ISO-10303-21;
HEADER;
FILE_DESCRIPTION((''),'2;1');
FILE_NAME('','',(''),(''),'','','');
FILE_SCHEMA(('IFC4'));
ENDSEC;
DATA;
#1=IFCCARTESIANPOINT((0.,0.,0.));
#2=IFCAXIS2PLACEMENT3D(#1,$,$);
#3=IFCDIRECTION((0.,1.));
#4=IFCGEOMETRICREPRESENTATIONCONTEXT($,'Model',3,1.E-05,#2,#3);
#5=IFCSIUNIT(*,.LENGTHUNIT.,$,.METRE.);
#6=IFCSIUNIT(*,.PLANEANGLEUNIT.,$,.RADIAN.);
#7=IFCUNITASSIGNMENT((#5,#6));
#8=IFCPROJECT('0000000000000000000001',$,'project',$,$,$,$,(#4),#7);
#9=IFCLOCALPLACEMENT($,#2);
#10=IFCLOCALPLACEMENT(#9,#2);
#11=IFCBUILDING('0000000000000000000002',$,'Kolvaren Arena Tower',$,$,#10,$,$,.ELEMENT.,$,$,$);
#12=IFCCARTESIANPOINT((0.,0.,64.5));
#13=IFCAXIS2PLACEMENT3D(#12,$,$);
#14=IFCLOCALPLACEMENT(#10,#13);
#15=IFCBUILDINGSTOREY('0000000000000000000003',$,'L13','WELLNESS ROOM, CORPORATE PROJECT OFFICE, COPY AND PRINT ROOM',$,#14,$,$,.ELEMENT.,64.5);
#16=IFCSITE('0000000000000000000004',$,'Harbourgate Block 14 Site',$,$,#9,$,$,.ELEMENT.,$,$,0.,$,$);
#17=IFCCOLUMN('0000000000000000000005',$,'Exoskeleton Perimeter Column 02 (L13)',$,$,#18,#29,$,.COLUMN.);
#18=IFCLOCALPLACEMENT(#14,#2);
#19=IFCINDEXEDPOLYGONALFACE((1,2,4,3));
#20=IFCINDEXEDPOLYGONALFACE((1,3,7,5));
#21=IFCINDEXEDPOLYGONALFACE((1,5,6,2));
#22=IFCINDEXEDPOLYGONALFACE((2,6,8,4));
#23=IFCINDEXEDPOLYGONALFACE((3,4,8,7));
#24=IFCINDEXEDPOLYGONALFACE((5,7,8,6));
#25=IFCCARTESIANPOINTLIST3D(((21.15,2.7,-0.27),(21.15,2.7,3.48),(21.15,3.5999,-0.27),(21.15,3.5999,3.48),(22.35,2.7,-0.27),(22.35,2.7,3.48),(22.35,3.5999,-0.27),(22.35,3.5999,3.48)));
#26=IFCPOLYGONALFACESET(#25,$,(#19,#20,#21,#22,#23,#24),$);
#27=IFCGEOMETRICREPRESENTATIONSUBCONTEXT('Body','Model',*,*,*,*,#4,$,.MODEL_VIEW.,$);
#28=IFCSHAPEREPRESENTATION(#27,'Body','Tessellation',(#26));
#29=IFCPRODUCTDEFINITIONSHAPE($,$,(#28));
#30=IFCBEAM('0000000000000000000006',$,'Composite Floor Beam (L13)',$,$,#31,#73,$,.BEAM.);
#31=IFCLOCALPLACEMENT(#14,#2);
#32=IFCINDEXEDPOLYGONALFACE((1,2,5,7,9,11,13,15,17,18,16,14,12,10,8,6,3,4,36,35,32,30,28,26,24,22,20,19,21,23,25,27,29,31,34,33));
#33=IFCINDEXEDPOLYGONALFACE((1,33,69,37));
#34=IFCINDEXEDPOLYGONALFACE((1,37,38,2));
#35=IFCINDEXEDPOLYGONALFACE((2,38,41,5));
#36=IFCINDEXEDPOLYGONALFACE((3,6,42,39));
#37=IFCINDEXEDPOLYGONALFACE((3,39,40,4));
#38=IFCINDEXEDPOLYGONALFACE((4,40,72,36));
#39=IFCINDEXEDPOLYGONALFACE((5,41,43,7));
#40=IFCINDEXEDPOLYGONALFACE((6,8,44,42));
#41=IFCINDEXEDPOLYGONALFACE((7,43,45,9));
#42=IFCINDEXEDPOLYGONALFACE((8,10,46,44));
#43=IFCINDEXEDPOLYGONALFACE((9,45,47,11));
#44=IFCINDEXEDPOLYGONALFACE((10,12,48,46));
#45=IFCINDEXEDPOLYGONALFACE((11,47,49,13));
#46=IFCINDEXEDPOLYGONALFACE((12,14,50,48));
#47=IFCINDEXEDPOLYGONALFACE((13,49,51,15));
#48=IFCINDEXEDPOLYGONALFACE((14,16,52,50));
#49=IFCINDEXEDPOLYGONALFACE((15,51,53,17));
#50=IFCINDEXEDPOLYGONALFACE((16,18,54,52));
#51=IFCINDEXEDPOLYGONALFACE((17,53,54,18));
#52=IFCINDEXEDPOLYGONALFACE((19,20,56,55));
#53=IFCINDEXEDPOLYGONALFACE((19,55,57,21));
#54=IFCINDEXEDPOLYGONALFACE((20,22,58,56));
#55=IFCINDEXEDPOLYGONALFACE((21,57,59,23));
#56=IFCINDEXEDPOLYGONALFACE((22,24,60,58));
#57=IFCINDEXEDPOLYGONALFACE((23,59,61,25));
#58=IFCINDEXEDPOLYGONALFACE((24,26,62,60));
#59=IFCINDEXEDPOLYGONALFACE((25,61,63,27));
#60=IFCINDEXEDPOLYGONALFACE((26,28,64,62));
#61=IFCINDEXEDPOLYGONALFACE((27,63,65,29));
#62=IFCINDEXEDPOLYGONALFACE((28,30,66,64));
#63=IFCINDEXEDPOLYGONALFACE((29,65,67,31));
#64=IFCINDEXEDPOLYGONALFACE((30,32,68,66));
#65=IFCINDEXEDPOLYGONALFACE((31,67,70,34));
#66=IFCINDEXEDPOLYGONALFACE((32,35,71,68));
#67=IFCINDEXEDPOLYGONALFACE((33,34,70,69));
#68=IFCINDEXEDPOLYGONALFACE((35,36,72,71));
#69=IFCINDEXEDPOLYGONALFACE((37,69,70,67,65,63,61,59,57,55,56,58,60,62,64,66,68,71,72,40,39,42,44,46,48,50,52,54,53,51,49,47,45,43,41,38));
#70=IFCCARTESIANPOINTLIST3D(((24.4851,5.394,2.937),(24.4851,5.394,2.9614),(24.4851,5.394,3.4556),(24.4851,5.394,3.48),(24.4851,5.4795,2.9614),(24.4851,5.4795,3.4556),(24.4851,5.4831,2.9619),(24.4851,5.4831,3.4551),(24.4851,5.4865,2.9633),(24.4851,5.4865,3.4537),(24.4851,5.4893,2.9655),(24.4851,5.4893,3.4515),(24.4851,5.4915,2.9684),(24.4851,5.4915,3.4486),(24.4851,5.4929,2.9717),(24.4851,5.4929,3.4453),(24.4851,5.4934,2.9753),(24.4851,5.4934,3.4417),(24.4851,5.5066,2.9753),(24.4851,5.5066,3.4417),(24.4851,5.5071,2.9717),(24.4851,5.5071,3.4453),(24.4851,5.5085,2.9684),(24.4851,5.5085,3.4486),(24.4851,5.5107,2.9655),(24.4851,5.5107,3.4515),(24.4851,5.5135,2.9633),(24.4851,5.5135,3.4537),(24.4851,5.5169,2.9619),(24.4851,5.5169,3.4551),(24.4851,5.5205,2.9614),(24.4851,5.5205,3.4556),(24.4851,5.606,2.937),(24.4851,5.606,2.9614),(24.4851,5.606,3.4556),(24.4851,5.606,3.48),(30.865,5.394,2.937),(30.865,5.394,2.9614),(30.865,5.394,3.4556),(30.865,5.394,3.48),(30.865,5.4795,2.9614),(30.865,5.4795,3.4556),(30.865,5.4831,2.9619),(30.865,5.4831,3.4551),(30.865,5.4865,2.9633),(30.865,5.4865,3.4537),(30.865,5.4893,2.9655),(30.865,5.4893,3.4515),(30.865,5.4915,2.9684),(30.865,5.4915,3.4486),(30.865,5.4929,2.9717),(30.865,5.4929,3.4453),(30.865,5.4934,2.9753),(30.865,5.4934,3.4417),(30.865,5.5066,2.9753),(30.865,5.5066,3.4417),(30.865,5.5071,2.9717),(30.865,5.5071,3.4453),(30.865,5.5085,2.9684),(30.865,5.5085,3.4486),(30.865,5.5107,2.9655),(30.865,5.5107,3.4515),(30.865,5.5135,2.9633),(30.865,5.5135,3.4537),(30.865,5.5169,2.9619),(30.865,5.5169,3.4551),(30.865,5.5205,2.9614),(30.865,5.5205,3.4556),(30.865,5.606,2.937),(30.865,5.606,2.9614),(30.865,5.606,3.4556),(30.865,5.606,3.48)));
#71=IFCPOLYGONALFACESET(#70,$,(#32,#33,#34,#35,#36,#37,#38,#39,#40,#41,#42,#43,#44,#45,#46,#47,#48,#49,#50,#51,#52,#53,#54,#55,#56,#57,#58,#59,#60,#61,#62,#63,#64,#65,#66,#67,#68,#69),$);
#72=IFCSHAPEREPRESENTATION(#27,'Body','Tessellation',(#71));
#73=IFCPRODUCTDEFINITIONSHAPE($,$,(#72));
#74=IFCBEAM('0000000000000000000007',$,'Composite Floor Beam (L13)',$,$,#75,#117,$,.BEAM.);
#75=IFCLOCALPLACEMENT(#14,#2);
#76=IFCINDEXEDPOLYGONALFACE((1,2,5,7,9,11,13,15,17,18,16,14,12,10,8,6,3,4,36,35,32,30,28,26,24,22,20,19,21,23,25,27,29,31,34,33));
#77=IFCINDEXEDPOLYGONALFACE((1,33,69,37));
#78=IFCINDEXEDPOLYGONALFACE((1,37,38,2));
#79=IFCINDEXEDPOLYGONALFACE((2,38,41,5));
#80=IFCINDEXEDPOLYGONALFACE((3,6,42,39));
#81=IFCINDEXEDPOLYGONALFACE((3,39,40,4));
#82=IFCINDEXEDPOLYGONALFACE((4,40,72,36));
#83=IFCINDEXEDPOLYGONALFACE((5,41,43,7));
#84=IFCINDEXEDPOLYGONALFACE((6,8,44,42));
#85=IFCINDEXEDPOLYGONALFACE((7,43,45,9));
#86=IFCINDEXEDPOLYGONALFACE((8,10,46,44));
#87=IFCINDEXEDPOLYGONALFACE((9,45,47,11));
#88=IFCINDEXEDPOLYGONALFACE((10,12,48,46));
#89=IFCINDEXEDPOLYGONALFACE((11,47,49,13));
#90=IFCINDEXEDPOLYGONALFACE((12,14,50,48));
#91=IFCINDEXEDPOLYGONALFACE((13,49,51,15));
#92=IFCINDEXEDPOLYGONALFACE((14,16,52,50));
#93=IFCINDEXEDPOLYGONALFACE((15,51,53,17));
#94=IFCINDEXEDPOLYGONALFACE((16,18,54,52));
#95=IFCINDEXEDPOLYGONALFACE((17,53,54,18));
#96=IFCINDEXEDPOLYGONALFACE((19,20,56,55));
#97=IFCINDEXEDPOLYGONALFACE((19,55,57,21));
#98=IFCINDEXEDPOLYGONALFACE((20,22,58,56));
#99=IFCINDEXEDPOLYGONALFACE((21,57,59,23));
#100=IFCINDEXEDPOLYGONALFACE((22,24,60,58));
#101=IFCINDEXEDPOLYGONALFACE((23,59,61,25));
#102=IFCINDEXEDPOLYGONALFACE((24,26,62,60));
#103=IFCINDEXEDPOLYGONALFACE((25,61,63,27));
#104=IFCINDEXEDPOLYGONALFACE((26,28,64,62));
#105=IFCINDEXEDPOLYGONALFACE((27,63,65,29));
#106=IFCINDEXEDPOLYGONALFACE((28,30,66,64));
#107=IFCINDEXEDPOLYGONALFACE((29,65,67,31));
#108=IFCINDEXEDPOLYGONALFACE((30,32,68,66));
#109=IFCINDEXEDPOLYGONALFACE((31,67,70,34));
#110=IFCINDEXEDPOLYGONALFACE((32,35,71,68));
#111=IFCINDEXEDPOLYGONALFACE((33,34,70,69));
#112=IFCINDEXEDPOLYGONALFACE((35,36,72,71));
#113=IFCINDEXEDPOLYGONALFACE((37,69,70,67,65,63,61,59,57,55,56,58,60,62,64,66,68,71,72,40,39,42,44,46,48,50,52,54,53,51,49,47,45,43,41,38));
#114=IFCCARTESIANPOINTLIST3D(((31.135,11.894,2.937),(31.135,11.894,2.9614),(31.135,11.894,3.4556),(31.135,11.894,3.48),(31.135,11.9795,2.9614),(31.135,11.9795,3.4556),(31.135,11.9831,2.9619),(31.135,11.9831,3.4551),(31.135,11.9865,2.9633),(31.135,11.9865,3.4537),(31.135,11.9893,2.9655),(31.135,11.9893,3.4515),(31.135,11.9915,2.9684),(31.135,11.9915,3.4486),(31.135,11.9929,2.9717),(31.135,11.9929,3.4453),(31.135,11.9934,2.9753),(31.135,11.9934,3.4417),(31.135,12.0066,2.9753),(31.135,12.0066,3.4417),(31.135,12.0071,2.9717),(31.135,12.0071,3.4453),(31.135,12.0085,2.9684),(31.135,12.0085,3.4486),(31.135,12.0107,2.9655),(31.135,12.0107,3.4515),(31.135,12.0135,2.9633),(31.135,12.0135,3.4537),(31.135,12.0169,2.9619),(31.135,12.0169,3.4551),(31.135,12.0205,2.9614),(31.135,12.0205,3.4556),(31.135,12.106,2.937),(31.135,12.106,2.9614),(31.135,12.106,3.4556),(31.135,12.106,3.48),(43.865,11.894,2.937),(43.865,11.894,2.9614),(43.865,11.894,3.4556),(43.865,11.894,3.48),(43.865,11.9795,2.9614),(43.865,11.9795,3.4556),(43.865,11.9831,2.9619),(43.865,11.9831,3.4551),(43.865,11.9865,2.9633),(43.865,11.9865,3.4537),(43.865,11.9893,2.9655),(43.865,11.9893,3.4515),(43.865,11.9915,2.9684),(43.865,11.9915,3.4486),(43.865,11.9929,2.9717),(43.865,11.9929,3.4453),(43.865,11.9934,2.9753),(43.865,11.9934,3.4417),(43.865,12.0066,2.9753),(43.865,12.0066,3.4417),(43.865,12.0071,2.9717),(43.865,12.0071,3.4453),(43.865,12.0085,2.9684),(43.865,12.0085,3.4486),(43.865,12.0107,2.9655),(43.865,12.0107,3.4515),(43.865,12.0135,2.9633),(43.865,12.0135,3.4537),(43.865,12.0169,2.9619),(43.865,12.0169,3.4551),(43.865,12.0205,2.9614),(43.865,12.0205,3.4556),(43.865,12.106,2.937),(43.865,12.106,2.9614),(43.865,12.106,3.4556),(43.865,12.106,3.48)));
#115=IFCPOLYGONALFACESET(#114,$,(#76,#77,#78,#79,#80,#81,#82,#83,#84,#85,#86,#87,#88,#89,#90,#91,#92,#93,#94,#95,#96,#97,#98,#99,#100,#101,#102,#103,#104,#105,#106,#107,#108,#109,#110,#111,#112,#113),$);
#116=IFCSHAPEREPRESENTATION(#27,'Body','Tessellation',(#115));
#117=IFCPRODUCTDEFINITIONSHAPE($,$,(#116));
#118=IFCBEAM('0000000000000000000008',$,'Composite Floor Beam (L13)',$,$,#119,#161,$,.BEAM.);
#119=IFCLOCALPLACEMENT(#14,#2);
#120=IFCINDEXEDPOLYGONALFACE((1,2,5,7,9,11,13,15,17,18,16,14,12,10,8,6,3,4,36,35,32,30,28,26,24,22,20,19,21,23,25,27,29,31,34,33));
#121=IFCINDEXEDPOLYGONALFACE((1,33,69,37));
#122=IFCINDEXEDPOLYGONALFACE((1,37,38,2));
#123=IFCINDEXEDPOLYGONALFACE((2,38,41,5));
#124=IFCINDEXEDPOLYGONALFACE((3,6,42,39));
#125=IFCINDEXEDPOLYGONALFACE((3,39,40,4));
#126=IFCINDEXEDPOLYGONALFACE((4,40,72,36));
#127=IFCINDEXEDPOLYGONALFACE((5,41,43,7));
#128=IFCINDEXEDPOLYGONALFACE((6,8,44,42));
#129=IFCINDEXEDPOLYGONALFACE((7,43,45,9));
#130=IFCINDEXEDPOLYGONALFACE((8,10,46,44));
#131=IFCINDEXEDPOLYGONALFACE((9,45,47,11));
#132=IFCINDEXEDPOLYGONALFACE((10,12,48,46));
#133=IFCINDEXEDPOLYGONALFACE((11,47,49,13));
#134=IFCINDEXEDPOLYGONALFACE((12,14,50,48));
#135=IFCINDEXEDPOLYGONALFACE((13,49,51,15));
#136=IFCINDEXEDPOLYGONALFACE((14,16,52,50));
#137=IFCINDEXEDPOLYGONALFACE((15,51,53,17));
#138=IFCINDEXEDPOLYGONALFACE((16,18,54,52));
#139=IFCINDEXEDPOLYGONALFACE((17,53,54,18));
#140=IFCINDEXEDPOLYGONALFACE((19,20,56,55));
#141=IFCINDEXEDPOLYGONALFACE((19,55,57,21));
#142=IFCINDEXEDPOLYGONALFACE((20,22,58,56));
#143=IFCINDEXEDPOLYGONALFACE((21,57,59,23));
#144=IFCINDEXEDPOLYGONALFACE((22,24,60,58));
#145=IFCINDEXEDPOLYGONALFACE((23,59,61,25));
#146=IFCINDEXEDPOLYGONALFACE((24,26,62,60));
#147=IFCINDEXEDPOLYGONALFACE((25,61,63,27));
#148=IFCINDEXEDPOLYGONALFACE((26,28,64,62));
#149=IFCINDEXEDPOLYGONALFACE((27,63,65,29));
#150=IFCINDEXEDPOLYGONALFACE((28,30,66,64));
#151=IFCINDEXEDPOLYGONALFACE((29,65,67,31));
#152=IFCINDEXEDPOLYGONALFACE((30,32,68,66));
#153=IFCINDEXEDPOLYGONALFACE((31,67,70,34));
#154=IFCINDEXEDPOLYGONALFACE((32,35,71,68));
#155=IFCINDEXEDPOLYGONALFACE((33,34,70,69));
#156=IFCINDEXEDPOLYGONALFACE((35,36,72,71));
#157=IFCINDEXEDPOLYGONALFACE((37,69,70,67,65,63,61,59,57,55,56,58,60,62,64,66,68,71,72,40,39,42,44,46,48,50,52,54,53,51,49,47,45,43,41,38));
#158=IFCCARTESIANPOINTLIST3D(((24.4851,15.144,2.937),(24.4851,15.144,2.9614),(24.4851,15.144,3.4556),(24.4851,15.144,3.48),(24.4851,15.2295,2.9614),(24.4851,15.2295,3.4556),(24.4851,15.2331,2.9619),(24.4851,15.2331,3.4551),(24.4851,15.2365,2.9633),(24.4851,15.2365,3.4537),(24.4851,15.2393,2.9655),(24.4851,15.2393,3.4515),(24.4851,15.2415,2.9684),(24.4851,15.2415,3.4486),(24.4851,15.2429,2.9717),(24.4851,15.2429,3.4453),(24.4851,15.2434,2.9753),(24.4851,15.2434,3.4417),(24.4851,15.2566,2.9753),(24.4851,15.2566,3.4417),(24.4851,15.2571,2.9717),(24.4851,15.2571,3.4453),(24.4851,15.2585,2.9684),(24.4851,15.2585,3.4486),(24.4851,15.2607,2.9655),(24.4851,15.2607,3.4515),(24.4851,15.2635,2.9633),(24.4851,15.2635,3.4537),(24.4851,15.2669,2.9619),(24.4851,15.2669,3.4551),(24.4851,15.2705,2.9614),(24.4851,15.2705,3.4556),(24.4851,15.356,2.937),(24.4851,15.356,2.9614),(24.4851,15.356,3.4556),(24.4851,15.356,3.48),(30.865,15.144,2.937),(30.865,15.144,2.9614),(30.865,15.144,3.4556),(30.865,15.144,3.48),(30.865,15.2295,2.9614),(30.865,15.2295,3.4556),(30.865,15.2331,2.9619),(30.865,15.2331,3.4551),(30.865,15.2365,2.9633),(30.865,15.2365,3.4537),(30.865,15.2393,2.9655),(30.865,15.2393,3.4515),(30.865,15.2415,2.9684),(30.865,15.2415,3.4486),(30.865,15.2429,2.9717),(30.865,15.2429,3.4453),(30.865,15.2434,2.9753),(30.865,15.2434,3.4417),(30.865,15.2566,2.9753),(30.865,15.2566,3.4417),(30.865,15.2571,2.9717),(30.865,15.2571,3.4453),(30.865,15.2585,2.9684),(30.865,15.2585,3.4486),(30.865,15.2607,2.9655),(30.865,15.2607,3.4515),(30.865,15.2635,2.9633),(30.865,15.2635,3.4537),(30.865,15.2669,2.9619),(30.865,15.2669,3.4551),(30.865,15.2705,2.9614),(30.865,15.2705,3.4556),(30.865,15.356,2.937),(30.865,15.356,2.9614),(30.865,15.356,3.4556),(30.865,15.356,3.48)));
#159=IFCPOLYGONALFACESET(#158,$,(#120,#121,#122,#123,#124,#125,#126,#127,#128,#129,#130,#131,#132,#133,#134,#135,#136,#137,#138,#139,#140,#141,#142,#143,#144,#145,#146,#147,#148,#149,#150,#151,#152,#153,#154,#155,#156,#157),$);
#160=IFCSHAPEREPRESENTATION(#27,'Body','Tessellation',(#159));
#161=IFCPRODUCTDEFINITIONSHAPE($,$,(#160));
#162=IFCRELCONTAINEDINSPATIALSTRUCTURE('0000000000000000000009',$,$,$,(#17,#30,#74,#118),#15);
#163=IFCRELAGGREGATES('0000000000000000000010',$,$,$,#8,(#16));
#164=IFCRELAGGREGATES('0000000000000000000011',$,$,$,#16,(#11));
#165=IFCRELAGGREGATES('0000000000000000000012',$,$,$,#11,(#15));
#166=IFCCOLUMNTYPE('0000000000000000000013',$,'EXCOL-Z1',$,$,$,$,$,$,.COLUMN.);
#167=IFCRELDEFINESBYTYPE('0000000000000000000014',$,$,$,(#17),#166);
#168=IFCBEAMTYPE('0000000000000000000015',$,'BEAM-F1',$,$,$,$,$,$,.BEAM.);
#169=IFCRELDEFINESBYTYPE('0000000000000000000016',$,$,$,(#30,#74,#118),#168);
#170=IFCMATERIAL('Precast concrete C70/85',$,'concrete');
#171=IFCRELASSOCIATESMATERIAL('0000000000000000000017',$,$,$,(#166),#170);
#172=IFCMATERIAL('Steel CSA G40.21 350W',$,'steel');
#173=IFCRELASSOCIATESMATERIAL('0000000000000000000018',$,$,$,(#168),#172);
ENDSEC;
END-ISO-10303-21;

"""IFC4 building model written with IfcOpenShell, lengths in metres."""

from ifc_helpers import new_model, si_unit, direction, frame, origin, origin_2d, place, context, subcontext, project, spatial, rectangle, i_section, extrude, material, material_profile, profile_set, type_object, element, save


model = new_model("IFC4")

# Units and contexts
model_context = context("Model", 3, precision=1e-05, world=origin(), true_north=direction((0.0, 1.0)))
body_context = subcontext(model_context, "Body", "Model", "MODEL_VIEW")
ifc_project = project(units=[si_unit("LENGTHUNIT", "METRE"), si_unit("PLANEANGLEUNIT", "RADIAN")], contexts=[model_context])

# Site, building, storey
site_placement = place(None, origin())
site = spatial("IfcSite", under=ifc_project, at=site_placement, Name="Harbourgate Block 14 Site", CompositionType="ELEMENT", RefElevation=0.0)
building_placement = place(site_placement, origin())
building = spatial("IfcBuilding", under=site, at=building_placement, Name="Kolvaren Arena Tower", CompositionType="ELEMENT")
storey_placement = place(building_placement, frame((0.0, 0.0, 64.5)))
storey = spatial("IfcBuildingStorey", under=building, at=storey_placement, Name="L13", Description="WELLNESS ROOM, CORPORATE PROJECT OFFICE, COPY AND PRINT ROOM", CompositionType="ELEMENT", Elevation=64.5)

# Column
ifc_material_1 = material(Name="Precast concrete C70/85", Category="concrete")
ifc_material_profile_1 = material_profile(ifc_material_1, rectangle(XDim=1.2, YDim=0.8999, at=origin_2d()), Name="RC-1200x900")
ifc_profile_set_1 = profile_set([ifc_material_profile_1], Name="Precast concrete C70/85")
column_type = type_object("IfcColumnType", Name="EXCOL-Z1", PredefinedType="COLUMN", material=ifc_profile_set_1)
column_placement = place(storey_placement, frame((21.75, 3.1499, -0.27), z_axis=(0.0, 0.0, 1.0), x_axis=(1.0, 0.0, 0.0)))
element("IfcColumn", 1, at=column_placement, inside=storey, type_object=column_type, Name="Exoskeleton Perimeter Column 02 (L13)", PredefinedType="COLUMN", context=body_context, shape_type="SweptSolid", body=[
    extrude(rectangle(XDim=1.2, YDim=0.8999, at=origin_2d()), origin(), (0.0, 0.0, 1.0), 3.75),
])

# Beams
ifc_material_2 = material(Name="Steel CSA G40.21 350W", Category="steel")
ifc_material_profile_2 = material_profile(ifc_material_2, i_section(OverallWidth=0.2119, OverallDepth=0.543, WebThickness=0.0132, FlangeThickness=0.0244, FilletRadius=0.0139, at=origin_2d()), Name="W530x150")
ifc_profile_set_2 = profile_set([ifc_material_profile_2], Name="Steel CSA G40.21 350W")
beam_type_1 = type_object("IfcBeamType", Name="BEAM-F1", PredefinedType="BEAM", material=ifc_profile_set_2)
beam_1_placement = place(storey_placement, frame((24.4851, 5.5, 3.2085), z_axis=(1.0, 0.0, 0.0), x_axis=(0.0, 1.0, 0.0)))
element("IfcBeam", 2, at=beam_1_placement, inside=storey, type_object=beam_type_1, Name="Composite Floor Beam (L13)", PredefinedType="BEAM", context=body_context, shape_type="SweptSolid", body=[
    extrude(i_section(OverallWidth=0.2119, OverallDepth=0.543, WebThickness=0.0132, FlangeThickness=0.0244, FilletRadius=0.0139, at=origin_2d()), origin(), (0.0, 0.0, 1.0), 6.3799),
])
beam_2_placement = place(storey_placement, frame((31.135, 12.0, 3.2085), z_axis=(1.0, 0.0, 0.0), x_axis=(0.0, 1.0, 0.0)))
element("IfcBeam", 3, at=beam_2_placement, inside=storey, type_object=beam_type_1, Name="Composite Floor Beam (L13)", PredefinedType="BEAM", context=body_context, shape_type="SweptSolid", body=[
    extrude(i_section(OverallWidth=0.2119, OverallDepth=0.543, WebThickness=0.0132, FlangeThickness=0.0244, FilletRadius=0.0139, at=origin_2d()), origin(), (0.0, 0.0, 1.0), 12.73),
])
beam_3_placement = place(storey_placement, frame((24.4851, 15.25, 3.2085), z_axis=(1.0, 0.0, 0.0), x_axis=(0.0, 1.0, 0.0)))
element("IfcBeam", 4, at=beam_3_placement, inside=storey, type_object=beam_type_1, Name="Composite Floor Beam (L13)", PredefinedType="BEAM", context=body_context, shape_type="SweptSolid", body=[
    extrude(i_section(OverallWidth=0.2119, OverallDepth=0.543, WebThickness=0.0132, FlangeThickness=0.0244, FilletRadius=0.0139, at=origin_2d()), origin(), (0.0, 0.0, 1.0), 6.3799),
])

save(model, "model.ifc")
